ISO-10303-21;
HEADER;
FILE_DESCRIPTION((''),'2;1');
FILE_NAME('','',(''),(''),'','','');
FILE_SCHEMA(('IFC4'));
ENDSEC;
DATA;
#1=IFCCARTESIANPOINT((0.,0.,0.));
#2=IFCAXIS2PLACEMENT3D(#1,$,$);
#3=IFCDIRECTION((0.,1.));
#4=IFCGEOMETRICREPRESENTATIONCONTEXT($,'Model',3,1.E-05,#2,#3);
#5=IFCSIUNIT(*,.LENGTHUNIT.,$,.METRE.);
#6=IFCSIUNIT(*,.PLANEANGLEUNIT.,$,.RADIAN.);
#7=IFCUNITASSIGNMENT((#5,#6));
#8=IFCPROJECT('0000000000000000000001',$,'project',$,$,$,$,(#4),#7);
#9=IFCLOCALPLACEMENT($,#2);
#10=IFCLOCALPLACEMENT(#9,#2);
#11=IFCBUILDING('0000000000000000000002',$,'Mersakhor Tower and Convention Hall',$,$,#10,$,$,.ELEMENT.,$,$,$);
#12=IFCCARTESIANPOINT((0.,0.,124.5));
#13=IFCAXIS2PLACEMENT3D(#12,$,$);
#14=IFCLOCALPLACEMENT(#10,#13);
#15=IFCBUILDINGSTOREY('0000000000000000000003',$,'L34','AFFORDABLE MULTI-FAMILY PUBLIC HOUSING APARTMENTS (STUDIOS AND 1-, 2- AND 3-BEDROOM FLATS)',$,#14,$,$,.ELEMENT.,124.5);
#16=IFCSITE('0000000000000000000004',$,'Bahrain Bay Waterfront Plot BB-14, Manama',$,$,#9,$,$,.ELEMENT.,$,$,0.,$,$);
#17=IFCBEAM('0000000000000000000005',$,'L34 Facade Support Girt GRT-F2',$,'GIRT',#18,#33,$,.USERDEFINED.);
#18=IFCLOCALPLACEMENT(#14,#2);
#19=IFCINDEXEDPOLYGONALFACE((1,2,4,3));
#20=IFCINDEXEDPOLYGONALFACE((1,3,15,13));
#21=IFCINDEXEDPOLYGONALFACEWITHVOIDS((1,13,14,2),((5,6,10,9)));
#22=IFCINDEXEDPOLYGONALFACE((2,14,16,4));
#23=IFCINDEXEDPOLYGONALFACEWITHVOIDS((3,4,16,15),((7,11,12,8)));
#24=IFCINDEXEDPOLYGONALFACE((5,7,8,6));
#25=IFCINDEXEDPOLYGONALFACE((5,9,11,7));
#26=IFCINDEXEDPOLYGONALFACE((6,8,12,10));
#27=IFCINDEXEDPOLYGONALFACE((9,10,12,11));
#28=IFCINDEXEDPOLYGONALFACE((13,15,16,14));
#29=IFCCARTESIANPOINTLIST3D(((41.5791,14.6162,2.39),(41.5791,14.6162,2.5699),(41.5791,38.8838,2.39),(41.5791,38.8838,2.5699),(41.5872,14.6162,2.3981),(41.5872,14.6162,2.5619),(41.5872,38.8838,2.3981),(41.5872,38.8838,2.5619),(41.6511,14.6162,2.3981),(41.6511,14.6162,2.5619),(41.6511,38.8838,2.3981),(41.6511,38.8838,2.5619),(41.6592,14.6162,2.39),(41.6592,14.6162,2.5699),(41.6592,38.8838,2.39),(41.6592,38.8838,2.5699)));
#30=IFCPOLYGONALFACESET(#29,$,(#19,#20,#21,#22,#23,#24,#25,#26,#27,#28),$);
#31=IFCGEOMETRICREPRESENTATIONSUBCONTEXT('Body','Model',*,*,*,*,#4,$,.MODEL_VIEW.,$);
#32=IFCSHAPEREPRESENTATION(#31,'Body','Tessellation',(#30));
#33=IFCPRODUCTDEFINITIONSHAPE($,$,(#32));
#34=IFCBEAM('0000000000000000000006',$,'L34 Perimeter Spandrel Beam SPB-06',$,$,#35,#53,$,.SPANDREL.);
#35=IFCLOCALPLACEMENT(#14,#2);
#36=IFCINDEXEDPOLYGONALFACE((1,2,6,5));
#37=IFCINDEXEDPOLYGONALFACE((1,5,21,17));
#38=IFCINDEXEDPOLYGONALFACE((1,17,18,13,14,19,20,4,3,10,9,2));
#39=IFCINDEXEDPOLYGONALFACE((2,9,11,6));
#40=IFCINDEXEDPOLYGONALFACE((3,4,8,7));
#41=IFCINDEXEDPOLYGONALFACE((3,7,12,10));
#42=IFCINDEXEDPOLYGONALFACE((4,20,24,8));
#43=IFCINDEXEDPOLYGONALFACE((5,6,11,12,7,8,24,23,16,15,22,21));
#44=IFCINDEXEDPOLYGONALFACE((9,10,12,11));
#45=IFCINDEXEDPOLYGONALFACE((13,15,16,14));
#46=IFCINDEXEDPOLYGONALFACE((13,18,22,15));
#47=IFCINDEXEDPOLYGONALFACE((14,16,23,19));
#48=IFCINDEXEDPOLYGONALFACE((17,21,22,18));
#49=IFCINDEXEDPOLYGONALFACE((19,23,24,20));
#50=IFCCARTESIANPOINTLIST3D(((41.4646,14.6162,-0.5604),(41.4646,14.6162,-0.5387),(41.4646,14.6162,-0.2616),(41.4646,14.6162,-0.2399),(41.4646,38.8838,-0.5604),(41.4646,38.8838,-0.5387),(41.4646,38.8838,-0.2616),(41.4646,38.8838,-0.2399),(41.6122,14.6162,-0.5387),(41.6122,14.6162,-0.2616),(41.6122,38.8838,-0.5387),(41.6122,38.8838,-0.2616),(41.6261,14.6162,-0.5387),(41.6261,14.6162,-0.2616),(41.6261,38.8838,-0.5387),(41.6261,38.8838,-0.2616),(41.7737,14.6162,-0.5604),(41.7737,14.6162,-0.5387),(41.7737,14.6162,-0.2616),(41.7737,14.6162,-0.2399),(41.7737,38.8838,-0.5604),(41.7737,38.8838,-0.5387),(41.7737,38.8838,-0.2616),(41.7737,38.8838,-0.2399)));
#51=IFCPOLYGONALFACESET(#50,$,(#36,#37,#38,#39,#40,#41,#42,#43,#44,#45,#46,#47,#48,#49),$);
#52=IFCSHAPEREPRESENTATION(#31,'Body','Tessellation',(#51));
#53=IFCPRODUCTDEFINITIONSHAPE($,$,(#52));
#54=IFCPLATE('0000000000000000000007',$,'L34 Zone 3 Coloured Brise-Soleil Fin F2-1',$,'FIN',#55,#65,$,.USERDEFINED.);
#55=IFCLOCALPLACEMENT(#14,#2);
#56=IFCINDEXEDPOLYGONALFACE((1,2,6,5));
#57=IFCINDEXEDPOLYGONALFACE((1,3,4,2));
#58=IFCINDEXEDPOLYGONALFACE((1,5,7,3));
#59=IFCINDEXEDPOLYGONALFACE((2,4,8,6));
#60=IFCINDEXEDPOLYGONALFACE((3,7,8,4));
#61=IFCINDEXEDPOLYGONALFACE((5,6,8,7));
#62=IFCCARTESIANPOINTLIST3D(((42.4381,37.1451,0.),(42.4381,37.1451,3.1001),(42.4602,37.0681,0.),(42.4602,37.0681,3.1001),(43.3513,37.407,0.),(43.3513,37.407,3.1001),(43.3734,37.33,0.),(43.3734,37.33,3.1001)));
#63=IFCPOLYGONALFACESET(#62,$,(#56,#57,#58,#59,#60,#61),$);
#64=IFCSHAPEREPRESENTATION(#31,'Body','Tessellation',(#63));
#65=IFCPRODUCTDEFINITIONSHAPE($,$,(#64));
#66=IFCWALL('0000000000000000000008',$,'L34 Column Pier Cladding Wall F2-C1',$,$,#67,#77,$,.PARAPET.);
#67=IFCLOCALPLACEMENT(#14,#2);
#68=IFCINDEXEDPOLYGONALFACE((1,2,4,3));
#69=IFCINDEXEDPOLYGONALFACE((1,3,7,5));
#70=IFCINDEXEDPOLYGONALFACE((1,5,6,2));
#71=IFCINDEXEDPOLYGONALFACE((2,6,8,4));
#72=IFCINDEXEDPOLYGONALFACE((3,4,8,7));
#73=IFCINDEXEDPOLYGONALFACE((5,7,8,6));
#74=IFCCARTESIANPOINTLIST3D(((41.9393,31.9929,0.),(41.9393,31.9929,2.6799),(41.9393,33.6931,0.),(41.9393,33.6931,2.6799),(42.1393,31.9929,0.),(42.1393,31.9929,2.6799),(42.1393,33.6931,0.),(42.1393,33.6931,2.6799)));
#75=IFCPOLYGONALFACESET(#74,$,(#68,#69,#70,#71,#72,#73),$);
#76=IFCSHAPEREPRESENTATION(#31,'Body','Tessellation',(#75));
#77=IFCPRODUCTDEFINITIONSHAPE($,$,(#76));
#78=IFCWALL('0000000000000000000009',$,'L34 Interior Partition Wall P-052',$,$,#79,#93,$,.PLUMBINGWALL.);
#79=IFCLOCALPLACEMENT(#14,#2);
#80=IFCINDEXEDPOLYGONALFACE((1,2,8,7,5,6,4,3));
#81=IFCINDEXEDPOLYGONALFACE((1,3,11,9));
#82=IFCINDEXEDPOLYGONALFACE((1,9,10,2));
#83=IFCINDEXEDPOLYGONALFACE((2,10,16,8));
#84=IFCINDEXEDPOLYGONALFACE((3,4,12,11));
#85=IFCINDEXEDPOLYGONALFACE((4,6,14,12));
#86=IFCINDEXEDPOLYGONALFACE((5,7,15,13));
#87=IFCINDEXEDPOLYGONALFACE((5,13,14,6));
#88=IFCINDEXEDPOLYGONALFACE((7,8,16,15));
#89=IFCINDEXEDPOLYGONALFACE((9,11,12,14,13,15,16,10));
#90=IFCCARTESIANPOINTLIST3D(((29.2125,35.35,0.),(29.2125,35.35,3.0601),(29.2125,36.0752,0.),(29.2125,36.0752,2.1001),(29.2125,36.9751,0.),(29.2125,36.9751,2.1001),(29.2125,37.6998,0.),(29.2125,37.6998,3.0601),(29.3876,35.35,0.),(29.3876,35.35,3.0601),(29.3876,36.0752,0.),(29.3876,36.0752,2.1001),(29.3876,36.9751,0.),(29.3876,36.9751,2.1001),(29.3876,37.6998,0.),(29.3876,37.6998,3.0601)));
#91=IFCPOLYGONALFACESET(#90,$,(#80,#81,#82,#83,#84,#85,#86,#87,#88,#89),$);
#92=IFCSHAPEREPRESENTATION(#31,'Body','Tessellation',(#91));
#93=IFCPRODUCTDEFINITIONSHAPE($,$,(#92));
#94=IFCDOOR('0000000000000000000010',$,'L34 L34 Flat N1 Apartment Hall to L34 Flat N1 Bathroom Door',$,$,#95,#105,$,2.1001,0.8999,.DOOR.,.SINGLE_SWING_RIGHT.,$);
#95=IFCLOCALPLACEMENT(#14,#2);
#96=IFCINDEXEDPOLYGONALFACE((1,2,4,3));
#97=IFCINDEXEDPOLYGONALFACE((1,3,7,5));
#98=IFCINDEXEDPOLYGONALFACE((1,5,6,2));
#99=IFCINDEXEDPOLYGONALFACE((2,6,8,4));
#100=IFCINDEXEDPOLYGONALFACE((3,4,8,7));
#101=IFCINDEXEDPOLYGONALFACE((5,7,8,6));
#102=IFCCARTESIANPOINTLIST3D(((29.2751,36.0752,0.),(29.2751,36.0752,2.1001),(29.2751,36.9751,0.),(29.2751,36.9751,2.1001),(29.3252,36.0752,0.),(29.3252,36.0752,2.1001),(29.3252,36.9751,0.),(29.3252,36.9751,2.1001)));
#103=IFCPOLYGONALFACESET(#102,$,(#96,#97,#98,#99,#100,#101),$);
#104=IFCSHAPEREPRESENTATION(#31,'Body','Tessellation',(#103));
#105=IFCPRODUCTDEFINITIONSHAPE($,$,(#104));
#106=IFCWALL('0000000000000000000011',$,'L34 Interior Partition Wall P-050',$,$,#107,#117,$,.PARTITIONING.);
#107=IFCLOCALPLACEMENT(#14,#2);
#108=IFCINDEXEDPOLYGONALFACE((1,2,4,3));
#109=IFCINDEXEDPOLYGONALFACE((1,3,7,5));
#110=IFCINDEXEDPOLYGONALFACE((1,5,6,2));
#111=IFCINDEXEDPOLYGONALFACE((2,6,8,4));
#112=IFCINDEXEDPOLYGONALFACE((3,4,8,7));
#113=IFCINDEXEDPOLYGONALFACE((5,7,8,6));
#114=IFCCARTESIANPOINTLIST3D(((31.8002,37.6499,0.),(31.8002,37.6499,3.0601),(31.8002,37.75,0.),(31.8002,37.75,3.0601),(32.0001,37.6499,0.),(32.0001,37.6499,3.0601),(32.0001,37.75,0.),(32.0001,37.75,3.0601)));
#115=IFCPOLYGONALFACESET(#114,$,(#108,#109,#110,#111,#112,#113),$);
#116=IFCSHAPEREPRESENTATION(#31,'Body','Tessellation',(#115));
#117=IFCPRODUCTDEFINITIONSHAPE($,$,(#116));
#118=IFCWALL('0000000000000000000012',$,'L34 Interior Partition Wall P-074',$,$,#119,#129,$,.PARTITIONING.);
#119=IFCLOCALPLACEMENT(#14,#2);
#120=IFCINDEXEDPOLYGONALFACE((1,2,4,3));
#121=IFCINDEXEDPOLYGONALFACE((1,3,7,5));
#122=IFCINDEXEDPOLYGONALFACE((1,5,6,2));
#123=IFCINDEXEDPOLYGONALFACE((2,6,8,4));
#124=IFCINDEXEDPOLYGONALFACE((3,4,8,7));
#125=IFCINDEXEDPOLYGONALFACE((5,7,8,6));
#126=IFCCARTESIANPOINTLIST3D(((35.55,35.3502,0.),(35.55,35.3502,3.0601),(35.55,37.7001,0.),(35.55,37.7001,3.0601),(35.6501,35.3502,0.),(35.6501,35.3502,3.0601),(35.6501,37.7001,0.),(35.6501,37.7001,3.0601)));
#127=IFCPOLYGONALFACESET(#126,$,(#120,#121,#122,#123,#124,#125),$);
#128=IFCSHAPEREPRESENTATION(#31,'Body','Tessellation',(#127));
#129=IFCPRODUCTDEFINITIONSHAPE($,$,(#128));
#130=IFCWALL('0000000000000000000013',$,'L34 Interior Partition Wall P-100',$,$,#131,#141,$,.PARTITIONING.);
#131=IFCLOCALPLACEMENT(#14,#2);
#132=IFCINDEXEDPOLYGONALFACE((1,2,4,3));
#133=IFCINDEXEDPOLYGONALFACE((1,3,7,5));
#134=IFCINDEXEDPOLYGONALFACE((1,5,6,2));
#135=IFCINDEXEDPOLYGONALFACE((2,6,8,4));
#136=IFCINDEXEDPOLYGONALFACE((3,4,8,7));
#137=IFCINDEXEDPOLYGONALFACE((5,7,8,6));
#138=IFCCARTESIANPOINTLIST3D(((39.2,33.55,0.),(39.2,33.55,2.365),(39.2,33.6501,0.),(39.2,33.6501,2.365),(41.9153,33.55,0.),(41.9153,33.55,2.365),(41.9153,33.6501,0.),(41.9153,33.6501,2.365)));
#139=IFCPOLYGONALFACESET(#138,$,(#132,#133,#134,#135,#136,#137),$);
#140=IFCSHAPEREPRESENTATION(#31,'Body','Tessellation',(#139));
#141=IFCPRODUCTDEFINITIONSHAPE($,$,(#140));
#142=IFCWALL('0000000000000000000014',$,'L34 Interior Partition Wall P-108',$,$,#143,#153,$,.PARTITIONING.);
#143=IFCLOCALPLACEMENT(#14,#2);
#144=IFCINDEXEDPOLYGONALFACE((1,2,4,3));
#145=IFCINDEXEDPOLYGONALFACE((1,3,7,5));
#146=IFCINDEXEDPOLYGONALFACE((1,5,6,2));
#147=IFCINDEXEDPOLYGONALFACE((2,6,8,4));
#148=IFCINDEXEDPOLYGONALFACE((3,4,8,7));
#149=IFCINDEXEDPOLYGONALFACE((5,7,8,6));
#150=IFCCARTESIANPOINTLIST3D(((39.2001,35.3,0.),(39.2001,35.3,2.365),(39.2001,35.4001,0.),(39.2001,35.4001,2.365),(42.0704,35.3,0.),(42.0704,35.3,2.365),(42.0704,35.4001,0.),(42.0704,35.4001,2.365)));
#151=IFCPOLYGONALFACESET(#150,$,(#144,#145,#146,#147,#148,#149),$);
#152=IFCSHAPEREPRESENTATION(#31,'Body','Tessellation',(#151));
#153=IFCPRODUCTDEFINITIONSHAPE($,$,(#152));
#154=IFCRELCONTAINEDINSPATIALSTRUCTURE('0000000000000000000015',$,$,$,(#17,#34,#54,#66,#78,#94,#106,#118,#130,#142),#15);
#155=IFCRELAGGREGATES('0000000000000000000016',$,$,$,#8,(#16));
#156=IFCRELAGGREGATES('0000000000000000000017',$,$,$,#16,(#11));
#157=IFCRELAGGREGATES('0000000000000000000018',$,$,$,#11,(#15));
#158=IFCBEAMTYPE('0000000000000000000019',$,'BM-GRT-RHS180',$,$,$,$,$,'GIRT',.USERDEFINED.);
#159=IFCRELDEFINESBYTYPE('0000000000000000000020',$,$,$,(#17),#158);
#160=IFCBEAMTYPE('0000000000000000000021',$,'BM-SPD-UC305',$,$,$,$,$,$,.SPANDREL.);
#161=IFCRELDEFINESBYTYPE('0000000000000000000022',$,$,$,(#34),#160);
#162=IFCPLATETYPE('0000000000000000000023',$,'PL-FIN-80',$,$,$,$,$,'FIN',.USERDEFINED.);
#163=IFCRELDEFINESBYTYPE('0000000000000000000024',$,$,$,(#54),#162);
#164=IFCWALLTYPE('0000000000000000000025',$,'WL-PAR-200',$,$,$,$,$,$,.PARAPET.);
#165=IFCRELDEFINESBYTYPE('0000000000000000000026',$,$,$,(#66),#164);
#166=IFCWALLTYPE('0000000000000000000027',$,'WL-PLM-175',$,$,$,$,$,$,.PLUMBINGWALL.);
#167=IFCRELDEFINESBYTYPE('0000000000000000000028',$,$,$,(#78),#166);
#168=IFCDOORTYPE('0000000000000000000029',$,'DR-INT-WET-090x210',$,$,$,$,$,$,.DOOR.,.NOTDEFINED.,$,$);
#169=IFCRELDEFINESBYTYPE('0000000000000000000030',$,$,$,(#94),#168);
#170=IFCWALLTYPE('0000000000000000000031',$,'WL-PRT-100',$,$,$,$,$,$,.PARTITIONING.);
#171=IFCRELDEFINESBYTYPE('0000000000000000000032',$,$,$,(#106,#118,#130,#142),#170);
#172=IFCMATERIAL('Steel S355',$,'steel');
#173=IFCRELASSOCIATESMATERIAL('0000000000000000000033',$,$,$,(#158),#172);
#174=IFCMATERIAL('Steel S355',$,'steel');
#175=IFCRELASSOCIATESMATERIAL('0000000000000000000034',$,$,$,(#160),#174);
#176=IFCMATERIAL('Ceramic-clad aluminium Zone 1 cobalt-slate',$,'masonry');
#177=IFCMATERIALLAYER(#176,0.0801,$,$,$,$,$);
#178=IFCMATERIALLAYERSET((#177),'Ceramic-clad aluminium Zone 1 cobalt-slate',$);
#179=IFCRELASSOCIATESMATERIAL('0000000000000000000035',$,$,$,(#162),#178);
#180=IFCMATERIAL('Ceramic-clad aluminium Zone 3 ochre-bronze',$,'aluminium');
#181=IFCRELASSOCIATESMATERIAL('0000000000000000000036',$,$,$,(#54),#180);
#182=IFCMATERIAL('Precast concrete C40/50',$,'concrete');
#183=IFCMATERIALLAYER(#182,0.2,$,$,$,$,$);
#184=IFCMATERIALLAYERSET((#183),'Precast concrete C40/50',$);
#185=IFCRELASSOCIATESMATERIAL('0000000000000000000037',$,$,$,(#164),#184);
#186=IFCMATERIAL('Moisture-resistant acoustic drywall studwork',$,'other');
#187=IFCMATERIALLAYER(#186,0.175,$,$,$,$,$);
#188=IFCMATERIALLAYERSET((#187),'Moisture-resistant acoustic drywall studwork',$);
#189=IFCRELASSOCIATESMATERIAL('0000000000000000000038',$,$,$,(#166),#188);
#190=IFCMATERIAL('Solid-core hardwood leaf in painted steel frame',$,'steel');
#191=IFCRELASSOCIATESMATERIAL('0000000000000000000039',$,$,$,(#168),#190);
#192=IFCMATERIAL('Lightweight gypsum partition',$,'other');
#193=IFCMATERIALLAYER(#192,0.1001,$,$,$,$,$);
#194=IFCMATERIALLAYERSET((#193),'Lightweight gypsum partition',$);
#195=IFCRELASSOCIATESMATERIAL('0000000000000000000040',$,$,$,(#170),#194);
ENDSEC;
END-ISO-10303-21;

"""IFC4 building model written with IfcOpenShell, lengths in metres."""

from ifc_helpers import new_model, si_unit, direction, frame, frame_2d, origin, origin_2d, place, context, subcontext, project, spatial, rectangle, hollow_rectangle, i_section, extrude, material, layer, layer_set, material_profile, profile_set, type_object, element, fill, save


model = new_model("IFC4")

# Units and contexts
model_context = context("Model", 3, precision=1e-05, world=origin(), true_north=direction((0.0, 1.0)))
body_context = subcontext(model_context, "Body", "Model", "MODEL_VIEW")
ifc_project = project(units=[si_unit("LENGTHUNIT", "METRE"), si_unit("PLANEANGLEUNIT", "RADIAN")], contexts=[model_context])

# Site, building, storey
site_placement = place(None, origin())
site = spatial("IfcSite", under=ifc_project, at=site_placement, Name="Bahrain Bay Waterfront Plot BB-14, Manama", CompositionType="ELEMENT", RefElevation=0.0)
building_placement = place(site_placement, origin())
building = spatial("IfcBuilding", under=site, at=building_placement, Name="Mersakhor Tower and Convention Hall", CompositionType="ELEMENT")
storey_placement = place(building_placement, frame((0.0, 0.0, 124.5)))
storey = spatial("IfcBuildingStorey", under=building, at=storey_placement, Name="L34", Description="AFFORDABLE MULTI-FAMILY PUBLIC HOUSING APARTMENTS (STUDIOS AND 1-, 2- AND 3-BEDROOM FLATS)", CompositionType="ELEMENT", Elevation=124.5)

# Beams
ifc_material_1 = material(Name="Steel S355", Category="steel")
ifc_material_profile_1 = material_profile(ifc_material_1, hollow_rectangle(XDim=0.0801, YDim=0.1799, WallThickness=0.0081, at=origin_2d()), Name="RHS 180x80x8")
ifc_profile_set_1 = profile_set([ifc_material_profile_1], Name="Steel S355")
beam_type_1 = type_object("IfcBeamType", Name="BM-GRT-RHS180", ElementType="GIRT", PredefinedType="USERDEFINED", material=ifc_profile_set_1)
beam_1_placement = place(storey_placement, frame((41.6191, 38.8838, 2.48), z_axis=(0.0, -1.0, 0.0), x_axis=(1.0, 0.0, 0.0)))
element("IfcBeam", 1, at=beam_1_placement, inside=storey, type_object=beam_type_1, Name="L34 Facade Support Girt GRT-F2", ObjectType="GIRT", PredefinedType="USERDEFINED", context=body_context, shape_type="SweptSolid", body=[
    extrude(hollow_rectangle(XDim=0.0801, YDim=0.1799, WallThickness=0.0081, at=origin_2d()), origin(), (0.0, 0.0, 1.0), 24.2676),
])
ifc_material_2 = material(Name="Steel S355", Category="steel")
ifc_material_profile_2 = material_profile(ifc_material_2, i_section(OverallWidth=0.3091, OverallDepth=0.3206, WebThickness=0.0139, FlangeThickness=0.0217, at=origin_2d()), Name="UC 305x305x137")
ifc_profile_set_2 = profile_set([ifc_material_profile_2], Name="Steel S355")
beam_type_2 = type_object("IfcBeamType", Name="BM-SPD-UC305", PredefinedType="SPANDREL", material=ifc_profile_set_2)
beam_2_placement = place(storey_placement, frame((41.6191, 38.8838, -0.4001), z_axis=(0.0, -1.0, 0.0), x_axis=(1.0, 0.0, 0.0)))
element("IfcBeam", 2, at=beam_2_placement, inside=storey, type_object=beam_type_2, Name="L34 Perimeter Spandrel Beam SPB-06", PredefinedType="SPANDREL", context=body_context, shape_type="SweptSolid", body=[
    extrude(i_section(OverallWidth=0.3091, OverallDepth=0.3206, WebThickness=0.0139, FlangeThickness=0.0217, at=origin_2d()), origin(), (0.0, 0.0, 1.0), 24.2676),
])

# Plate
ifc_material_3 = material(Name="Ceramic-clad aluminium Zone 3 ochre-bronze", Category="aluminium")
ifc_material_4 = material(Name="Ceramic-clad aluminium Zone 1 cobalt-slate", Category="masonry")
ifc_layer_1 = layer(ifc_material_4, 0.0801)
ifc_layer_set_1 = layer_set([ifc_layer_1], Name="Ceramic-clad aluminium Zone 1 cobalt-slate")
plate_type = type_object("IfcPlateType", Name="PL-FIN-80", ElementType="FIN", PredefinedType="USERDEFINED", material=ifc_layer_set_1)
plate_placement = place(storey_placement, frame((42.9058, 37.2375, 0.0), z_axis=(0.0, 0.0, 1.0), x_axis=(0.961262, 0.275637, 0.0)))
element("IfcPlate", 3, at=plate_placement, inside=storey, type_object=plate_type, material=ifc_material_3, Name="L34 Zone 3 Coloured Brise-Soleil Fin F2-1", ObjectType="FIN", PredefinedType="USERDEFINED", context=body_context, shape_type="SweptSolid", body=[
    extrude(rectangle(XDim=0.95, YDim=0.0801, at=origin_2d()), origin(), (0.0, 0.0, 1.0), 3.1001),
])

# Wall
ifc_material_5 = material(Name="Precast concrete C40/50", Category="concrete")
ifc_layer_2 = layer(ifc_material_5, 0.2)
ifc_layer_set_2 = layer_set([ifc_layer_2], Name="Precast concrete C40/50")
wall_type_1 = type_object("IfcWallType", Name="WL-PAR-200", PredefinedType="PARAPET", material=ifc_layer_set_2)
wall_1_placement = place(storey_placement, frame((42.0393, 33.6931, 0.0), z_axis=(0.0, 0.0, 1.0), x_axis=(0.0, -1.0, 0.0)))
element("IfcWall", 4, at=wall_1_placement, inside=storey, type_object=wall_type_1, Name="L34 Column Pier Cladding Wall F2-C1", PredefinedType="PARAPET", context=body_context, shape_type="SweptSolid", body=[
    extrude(rectangle(XDim=1.7002, YDim=0.2, at=frame_2d((0.8501, 0.0))), origin(), (0.0, 0.0, 1.0), 2.6799),
])

# Wall, opening, door
ifc_material_6 = material(Name="Moisture-resistant acoustic drywall studwork", Category="other")
ifc_layer_3 = layer(ifc_material_6, 0.175)
ifc_layer_set_3 = layer_set([ifc_layer_3], Name="Moisture-resistant acoustic drywall studwork")
wall_type_2 = type_object("IfcWallType", Name="WL-PLM-175", PredefinedType="PLUMBINGWALL", material=ifc_layer_set_3)
wall_2_placement = place(storey_placement, frame((29.3, 35.3501, 0.0), z_axis=(0.0, 0.0, 1.0), x_axis=(0.0, 1.0, 0.0)))
wall_2 = element("IfcWall", 5, at=wall_2_placement, inside=storey, type_object=wall_type_2, Name="L34 Interior Partition Wall P-052", PredefinedType="PLUMBINGWALL", context=body_context, shape_type="SweptSolid", body=[
    extrude(rectangle(XDim=2.3499, YDim=0.175, at=frame_2d((1.1748, 0.0))), origin(), (0.0, 0.0, 1.0), 3.0601),
])
opening_1_placement = place(wall_2_placement, frame((0.7251, 0.0, 0.0)))
opening_1 = element("IfcOpeningElement", 6, at=opening_1_placement, cuts=wall_2, PredefinedType="OPENING", context=body_context, shape_type="SweptSolid", body=[
    extrude(rectangle(XDim=0.8999, YDim=2.1001, at=frame_2d((0.45, 1.05))), frame((0.0, 0.0974, 0.0), z_axis=(0.0, -1.0, 0.0), x_axis=(1.0, 0.0, 0.0)), (0.0, 0.0, 1.0), 0.1951),
])
ifc_material_7 = material(Name="Solid-core hardwood leaf in painted steel frame", Category="steel")
door_type_1 = type_object("IfcDoorType", Name="DR-INT-WET-090x210", OperationType="NOTDEFINED", PredefinedType="DOOR", material=ifc_material_7)
door_1_placement = place(opening_1_placement, origin())
door_1 = element("IfcDoor", 7, at=door_1_placement, inside=storey, type_object=door_type_1, Name="L34 L34 Flat N1 Apartment Hall to L34 Flat N1 Bathroom Door", OperationType="SINGLE_SWING_RIGHT", OverallHeight=2.1001, OverallWidth=0.8999, PredefinedType="DOOR", context=body_context, shape_type="SweptSolid", body=[
    extrude(rectangle(XDim=0.8999, YDim=2.1001, at=frame_2d((0.45, 1.05))), frame((0.0, 0.0249, 0.0), z_axis=(0.0, -1.0, 0.0), x_axis=(1.0, 0.0, 0.0)), (0.0, 0.0, 1.0), 0.05),
])
fill(opening_1, door_1)

# Walls
ifc_material_8 = material(Name="Lightweight gypsum partition", Category="other")
ifc_layer_4 = layer(ifc_material_8, 0.1001)
ifc_layer_set_4 = layer_set([ifc_layer_4], Name="Lightweight gypsum partition")
wall_type_3 = type_object("IfcWallType", Name="WL-PRT-100", PredefinedType="PARTITIONING", material=ifc_layer_set_4)
wall_3_placement = place(storey_placement, frame((31.8, 37.7, 0.0), z_axis=(0.0, 0.0, 1.0), x_axis=(1.0, 0.0, 0.0)))
element("IfcWall", 8, at=wall_3_placement, inside=storey, type_object=wall_type_3, Name="L34 Interior Partition Wall P-050", PredefinedType="PARTITIONING", context=body_context, shape_type="SweptSolid", body=[
    extrude(rectangle(XDim=0.2, YDim=0.1001, at=frame_2d((0.1001, 0.0))), origin(), (0.0, 0.0, 1.0), 3.0601),
])
wall_4_placement = place(storey_placement, frame((35.6001, 37.7, 0.0), z_axis=(0.0, 0.0, 1.0), x_axis=(0.0, -1.0, 0.0)))
element("IfcWall", 9, at=wall_4_placement, inside=storey, type_object=wall_type_3, Name="L34 Interior Partition Wall P-074", PredefinedType="PARTITIONING", context=body_context, shape_type="SweptSolid", body=[
    extrude(rectangle(XDim=2.3499, YDim=0.1001, at=frame_2d((1.1748, 0.0))), origin(), (0.0, 0.0, 1.0), 3.0601),
])
wall_5_placement = place(storey_placement, frame((39.2, 33.6001, 0.0), z_axis=(0.0, 0.0, 1.0), x_axis=(1.0, 0.0, 0.0)))
element("IfcWall", 10, at=wall_5_placement, inside=storey, type_object=wall_type_3, Name="L34 Interior Partition Wall P-100", PredefinedType="PARTITIONING", context=body_context, shape_type="SweptSolid", body=[
    extrude(rectangle(XDim=2.7153, YDim=0.1001, at=frame_2d((1.3577, 0.0))), origin(), (0.0, 0.0, 1.0), 2.365),
])
wall_6_placement = place(storey_placement, frame((42.0703, 35.3501, 0.0), z_axis=(0.0, 0.0, 1.0), x_axis=(-1.0, 0.0, 0.0)))
element("IfcWall", 11, at=wall_6_placement, inside=storey, type_object=wall_type_3, Name="L34 Interior Partition Wall P-108", PredefinedType="PARTITIONING", context=body_context, shape_type="SweptSolid", body=[
    extrude(rectangle(XDim=2.8704, YDim=0.1001, at=frame_2d((1.4351, 0.0))), origin(), (0.0, 0.0, 1.0), 2.365),
])

save(model, "model.ifc")
